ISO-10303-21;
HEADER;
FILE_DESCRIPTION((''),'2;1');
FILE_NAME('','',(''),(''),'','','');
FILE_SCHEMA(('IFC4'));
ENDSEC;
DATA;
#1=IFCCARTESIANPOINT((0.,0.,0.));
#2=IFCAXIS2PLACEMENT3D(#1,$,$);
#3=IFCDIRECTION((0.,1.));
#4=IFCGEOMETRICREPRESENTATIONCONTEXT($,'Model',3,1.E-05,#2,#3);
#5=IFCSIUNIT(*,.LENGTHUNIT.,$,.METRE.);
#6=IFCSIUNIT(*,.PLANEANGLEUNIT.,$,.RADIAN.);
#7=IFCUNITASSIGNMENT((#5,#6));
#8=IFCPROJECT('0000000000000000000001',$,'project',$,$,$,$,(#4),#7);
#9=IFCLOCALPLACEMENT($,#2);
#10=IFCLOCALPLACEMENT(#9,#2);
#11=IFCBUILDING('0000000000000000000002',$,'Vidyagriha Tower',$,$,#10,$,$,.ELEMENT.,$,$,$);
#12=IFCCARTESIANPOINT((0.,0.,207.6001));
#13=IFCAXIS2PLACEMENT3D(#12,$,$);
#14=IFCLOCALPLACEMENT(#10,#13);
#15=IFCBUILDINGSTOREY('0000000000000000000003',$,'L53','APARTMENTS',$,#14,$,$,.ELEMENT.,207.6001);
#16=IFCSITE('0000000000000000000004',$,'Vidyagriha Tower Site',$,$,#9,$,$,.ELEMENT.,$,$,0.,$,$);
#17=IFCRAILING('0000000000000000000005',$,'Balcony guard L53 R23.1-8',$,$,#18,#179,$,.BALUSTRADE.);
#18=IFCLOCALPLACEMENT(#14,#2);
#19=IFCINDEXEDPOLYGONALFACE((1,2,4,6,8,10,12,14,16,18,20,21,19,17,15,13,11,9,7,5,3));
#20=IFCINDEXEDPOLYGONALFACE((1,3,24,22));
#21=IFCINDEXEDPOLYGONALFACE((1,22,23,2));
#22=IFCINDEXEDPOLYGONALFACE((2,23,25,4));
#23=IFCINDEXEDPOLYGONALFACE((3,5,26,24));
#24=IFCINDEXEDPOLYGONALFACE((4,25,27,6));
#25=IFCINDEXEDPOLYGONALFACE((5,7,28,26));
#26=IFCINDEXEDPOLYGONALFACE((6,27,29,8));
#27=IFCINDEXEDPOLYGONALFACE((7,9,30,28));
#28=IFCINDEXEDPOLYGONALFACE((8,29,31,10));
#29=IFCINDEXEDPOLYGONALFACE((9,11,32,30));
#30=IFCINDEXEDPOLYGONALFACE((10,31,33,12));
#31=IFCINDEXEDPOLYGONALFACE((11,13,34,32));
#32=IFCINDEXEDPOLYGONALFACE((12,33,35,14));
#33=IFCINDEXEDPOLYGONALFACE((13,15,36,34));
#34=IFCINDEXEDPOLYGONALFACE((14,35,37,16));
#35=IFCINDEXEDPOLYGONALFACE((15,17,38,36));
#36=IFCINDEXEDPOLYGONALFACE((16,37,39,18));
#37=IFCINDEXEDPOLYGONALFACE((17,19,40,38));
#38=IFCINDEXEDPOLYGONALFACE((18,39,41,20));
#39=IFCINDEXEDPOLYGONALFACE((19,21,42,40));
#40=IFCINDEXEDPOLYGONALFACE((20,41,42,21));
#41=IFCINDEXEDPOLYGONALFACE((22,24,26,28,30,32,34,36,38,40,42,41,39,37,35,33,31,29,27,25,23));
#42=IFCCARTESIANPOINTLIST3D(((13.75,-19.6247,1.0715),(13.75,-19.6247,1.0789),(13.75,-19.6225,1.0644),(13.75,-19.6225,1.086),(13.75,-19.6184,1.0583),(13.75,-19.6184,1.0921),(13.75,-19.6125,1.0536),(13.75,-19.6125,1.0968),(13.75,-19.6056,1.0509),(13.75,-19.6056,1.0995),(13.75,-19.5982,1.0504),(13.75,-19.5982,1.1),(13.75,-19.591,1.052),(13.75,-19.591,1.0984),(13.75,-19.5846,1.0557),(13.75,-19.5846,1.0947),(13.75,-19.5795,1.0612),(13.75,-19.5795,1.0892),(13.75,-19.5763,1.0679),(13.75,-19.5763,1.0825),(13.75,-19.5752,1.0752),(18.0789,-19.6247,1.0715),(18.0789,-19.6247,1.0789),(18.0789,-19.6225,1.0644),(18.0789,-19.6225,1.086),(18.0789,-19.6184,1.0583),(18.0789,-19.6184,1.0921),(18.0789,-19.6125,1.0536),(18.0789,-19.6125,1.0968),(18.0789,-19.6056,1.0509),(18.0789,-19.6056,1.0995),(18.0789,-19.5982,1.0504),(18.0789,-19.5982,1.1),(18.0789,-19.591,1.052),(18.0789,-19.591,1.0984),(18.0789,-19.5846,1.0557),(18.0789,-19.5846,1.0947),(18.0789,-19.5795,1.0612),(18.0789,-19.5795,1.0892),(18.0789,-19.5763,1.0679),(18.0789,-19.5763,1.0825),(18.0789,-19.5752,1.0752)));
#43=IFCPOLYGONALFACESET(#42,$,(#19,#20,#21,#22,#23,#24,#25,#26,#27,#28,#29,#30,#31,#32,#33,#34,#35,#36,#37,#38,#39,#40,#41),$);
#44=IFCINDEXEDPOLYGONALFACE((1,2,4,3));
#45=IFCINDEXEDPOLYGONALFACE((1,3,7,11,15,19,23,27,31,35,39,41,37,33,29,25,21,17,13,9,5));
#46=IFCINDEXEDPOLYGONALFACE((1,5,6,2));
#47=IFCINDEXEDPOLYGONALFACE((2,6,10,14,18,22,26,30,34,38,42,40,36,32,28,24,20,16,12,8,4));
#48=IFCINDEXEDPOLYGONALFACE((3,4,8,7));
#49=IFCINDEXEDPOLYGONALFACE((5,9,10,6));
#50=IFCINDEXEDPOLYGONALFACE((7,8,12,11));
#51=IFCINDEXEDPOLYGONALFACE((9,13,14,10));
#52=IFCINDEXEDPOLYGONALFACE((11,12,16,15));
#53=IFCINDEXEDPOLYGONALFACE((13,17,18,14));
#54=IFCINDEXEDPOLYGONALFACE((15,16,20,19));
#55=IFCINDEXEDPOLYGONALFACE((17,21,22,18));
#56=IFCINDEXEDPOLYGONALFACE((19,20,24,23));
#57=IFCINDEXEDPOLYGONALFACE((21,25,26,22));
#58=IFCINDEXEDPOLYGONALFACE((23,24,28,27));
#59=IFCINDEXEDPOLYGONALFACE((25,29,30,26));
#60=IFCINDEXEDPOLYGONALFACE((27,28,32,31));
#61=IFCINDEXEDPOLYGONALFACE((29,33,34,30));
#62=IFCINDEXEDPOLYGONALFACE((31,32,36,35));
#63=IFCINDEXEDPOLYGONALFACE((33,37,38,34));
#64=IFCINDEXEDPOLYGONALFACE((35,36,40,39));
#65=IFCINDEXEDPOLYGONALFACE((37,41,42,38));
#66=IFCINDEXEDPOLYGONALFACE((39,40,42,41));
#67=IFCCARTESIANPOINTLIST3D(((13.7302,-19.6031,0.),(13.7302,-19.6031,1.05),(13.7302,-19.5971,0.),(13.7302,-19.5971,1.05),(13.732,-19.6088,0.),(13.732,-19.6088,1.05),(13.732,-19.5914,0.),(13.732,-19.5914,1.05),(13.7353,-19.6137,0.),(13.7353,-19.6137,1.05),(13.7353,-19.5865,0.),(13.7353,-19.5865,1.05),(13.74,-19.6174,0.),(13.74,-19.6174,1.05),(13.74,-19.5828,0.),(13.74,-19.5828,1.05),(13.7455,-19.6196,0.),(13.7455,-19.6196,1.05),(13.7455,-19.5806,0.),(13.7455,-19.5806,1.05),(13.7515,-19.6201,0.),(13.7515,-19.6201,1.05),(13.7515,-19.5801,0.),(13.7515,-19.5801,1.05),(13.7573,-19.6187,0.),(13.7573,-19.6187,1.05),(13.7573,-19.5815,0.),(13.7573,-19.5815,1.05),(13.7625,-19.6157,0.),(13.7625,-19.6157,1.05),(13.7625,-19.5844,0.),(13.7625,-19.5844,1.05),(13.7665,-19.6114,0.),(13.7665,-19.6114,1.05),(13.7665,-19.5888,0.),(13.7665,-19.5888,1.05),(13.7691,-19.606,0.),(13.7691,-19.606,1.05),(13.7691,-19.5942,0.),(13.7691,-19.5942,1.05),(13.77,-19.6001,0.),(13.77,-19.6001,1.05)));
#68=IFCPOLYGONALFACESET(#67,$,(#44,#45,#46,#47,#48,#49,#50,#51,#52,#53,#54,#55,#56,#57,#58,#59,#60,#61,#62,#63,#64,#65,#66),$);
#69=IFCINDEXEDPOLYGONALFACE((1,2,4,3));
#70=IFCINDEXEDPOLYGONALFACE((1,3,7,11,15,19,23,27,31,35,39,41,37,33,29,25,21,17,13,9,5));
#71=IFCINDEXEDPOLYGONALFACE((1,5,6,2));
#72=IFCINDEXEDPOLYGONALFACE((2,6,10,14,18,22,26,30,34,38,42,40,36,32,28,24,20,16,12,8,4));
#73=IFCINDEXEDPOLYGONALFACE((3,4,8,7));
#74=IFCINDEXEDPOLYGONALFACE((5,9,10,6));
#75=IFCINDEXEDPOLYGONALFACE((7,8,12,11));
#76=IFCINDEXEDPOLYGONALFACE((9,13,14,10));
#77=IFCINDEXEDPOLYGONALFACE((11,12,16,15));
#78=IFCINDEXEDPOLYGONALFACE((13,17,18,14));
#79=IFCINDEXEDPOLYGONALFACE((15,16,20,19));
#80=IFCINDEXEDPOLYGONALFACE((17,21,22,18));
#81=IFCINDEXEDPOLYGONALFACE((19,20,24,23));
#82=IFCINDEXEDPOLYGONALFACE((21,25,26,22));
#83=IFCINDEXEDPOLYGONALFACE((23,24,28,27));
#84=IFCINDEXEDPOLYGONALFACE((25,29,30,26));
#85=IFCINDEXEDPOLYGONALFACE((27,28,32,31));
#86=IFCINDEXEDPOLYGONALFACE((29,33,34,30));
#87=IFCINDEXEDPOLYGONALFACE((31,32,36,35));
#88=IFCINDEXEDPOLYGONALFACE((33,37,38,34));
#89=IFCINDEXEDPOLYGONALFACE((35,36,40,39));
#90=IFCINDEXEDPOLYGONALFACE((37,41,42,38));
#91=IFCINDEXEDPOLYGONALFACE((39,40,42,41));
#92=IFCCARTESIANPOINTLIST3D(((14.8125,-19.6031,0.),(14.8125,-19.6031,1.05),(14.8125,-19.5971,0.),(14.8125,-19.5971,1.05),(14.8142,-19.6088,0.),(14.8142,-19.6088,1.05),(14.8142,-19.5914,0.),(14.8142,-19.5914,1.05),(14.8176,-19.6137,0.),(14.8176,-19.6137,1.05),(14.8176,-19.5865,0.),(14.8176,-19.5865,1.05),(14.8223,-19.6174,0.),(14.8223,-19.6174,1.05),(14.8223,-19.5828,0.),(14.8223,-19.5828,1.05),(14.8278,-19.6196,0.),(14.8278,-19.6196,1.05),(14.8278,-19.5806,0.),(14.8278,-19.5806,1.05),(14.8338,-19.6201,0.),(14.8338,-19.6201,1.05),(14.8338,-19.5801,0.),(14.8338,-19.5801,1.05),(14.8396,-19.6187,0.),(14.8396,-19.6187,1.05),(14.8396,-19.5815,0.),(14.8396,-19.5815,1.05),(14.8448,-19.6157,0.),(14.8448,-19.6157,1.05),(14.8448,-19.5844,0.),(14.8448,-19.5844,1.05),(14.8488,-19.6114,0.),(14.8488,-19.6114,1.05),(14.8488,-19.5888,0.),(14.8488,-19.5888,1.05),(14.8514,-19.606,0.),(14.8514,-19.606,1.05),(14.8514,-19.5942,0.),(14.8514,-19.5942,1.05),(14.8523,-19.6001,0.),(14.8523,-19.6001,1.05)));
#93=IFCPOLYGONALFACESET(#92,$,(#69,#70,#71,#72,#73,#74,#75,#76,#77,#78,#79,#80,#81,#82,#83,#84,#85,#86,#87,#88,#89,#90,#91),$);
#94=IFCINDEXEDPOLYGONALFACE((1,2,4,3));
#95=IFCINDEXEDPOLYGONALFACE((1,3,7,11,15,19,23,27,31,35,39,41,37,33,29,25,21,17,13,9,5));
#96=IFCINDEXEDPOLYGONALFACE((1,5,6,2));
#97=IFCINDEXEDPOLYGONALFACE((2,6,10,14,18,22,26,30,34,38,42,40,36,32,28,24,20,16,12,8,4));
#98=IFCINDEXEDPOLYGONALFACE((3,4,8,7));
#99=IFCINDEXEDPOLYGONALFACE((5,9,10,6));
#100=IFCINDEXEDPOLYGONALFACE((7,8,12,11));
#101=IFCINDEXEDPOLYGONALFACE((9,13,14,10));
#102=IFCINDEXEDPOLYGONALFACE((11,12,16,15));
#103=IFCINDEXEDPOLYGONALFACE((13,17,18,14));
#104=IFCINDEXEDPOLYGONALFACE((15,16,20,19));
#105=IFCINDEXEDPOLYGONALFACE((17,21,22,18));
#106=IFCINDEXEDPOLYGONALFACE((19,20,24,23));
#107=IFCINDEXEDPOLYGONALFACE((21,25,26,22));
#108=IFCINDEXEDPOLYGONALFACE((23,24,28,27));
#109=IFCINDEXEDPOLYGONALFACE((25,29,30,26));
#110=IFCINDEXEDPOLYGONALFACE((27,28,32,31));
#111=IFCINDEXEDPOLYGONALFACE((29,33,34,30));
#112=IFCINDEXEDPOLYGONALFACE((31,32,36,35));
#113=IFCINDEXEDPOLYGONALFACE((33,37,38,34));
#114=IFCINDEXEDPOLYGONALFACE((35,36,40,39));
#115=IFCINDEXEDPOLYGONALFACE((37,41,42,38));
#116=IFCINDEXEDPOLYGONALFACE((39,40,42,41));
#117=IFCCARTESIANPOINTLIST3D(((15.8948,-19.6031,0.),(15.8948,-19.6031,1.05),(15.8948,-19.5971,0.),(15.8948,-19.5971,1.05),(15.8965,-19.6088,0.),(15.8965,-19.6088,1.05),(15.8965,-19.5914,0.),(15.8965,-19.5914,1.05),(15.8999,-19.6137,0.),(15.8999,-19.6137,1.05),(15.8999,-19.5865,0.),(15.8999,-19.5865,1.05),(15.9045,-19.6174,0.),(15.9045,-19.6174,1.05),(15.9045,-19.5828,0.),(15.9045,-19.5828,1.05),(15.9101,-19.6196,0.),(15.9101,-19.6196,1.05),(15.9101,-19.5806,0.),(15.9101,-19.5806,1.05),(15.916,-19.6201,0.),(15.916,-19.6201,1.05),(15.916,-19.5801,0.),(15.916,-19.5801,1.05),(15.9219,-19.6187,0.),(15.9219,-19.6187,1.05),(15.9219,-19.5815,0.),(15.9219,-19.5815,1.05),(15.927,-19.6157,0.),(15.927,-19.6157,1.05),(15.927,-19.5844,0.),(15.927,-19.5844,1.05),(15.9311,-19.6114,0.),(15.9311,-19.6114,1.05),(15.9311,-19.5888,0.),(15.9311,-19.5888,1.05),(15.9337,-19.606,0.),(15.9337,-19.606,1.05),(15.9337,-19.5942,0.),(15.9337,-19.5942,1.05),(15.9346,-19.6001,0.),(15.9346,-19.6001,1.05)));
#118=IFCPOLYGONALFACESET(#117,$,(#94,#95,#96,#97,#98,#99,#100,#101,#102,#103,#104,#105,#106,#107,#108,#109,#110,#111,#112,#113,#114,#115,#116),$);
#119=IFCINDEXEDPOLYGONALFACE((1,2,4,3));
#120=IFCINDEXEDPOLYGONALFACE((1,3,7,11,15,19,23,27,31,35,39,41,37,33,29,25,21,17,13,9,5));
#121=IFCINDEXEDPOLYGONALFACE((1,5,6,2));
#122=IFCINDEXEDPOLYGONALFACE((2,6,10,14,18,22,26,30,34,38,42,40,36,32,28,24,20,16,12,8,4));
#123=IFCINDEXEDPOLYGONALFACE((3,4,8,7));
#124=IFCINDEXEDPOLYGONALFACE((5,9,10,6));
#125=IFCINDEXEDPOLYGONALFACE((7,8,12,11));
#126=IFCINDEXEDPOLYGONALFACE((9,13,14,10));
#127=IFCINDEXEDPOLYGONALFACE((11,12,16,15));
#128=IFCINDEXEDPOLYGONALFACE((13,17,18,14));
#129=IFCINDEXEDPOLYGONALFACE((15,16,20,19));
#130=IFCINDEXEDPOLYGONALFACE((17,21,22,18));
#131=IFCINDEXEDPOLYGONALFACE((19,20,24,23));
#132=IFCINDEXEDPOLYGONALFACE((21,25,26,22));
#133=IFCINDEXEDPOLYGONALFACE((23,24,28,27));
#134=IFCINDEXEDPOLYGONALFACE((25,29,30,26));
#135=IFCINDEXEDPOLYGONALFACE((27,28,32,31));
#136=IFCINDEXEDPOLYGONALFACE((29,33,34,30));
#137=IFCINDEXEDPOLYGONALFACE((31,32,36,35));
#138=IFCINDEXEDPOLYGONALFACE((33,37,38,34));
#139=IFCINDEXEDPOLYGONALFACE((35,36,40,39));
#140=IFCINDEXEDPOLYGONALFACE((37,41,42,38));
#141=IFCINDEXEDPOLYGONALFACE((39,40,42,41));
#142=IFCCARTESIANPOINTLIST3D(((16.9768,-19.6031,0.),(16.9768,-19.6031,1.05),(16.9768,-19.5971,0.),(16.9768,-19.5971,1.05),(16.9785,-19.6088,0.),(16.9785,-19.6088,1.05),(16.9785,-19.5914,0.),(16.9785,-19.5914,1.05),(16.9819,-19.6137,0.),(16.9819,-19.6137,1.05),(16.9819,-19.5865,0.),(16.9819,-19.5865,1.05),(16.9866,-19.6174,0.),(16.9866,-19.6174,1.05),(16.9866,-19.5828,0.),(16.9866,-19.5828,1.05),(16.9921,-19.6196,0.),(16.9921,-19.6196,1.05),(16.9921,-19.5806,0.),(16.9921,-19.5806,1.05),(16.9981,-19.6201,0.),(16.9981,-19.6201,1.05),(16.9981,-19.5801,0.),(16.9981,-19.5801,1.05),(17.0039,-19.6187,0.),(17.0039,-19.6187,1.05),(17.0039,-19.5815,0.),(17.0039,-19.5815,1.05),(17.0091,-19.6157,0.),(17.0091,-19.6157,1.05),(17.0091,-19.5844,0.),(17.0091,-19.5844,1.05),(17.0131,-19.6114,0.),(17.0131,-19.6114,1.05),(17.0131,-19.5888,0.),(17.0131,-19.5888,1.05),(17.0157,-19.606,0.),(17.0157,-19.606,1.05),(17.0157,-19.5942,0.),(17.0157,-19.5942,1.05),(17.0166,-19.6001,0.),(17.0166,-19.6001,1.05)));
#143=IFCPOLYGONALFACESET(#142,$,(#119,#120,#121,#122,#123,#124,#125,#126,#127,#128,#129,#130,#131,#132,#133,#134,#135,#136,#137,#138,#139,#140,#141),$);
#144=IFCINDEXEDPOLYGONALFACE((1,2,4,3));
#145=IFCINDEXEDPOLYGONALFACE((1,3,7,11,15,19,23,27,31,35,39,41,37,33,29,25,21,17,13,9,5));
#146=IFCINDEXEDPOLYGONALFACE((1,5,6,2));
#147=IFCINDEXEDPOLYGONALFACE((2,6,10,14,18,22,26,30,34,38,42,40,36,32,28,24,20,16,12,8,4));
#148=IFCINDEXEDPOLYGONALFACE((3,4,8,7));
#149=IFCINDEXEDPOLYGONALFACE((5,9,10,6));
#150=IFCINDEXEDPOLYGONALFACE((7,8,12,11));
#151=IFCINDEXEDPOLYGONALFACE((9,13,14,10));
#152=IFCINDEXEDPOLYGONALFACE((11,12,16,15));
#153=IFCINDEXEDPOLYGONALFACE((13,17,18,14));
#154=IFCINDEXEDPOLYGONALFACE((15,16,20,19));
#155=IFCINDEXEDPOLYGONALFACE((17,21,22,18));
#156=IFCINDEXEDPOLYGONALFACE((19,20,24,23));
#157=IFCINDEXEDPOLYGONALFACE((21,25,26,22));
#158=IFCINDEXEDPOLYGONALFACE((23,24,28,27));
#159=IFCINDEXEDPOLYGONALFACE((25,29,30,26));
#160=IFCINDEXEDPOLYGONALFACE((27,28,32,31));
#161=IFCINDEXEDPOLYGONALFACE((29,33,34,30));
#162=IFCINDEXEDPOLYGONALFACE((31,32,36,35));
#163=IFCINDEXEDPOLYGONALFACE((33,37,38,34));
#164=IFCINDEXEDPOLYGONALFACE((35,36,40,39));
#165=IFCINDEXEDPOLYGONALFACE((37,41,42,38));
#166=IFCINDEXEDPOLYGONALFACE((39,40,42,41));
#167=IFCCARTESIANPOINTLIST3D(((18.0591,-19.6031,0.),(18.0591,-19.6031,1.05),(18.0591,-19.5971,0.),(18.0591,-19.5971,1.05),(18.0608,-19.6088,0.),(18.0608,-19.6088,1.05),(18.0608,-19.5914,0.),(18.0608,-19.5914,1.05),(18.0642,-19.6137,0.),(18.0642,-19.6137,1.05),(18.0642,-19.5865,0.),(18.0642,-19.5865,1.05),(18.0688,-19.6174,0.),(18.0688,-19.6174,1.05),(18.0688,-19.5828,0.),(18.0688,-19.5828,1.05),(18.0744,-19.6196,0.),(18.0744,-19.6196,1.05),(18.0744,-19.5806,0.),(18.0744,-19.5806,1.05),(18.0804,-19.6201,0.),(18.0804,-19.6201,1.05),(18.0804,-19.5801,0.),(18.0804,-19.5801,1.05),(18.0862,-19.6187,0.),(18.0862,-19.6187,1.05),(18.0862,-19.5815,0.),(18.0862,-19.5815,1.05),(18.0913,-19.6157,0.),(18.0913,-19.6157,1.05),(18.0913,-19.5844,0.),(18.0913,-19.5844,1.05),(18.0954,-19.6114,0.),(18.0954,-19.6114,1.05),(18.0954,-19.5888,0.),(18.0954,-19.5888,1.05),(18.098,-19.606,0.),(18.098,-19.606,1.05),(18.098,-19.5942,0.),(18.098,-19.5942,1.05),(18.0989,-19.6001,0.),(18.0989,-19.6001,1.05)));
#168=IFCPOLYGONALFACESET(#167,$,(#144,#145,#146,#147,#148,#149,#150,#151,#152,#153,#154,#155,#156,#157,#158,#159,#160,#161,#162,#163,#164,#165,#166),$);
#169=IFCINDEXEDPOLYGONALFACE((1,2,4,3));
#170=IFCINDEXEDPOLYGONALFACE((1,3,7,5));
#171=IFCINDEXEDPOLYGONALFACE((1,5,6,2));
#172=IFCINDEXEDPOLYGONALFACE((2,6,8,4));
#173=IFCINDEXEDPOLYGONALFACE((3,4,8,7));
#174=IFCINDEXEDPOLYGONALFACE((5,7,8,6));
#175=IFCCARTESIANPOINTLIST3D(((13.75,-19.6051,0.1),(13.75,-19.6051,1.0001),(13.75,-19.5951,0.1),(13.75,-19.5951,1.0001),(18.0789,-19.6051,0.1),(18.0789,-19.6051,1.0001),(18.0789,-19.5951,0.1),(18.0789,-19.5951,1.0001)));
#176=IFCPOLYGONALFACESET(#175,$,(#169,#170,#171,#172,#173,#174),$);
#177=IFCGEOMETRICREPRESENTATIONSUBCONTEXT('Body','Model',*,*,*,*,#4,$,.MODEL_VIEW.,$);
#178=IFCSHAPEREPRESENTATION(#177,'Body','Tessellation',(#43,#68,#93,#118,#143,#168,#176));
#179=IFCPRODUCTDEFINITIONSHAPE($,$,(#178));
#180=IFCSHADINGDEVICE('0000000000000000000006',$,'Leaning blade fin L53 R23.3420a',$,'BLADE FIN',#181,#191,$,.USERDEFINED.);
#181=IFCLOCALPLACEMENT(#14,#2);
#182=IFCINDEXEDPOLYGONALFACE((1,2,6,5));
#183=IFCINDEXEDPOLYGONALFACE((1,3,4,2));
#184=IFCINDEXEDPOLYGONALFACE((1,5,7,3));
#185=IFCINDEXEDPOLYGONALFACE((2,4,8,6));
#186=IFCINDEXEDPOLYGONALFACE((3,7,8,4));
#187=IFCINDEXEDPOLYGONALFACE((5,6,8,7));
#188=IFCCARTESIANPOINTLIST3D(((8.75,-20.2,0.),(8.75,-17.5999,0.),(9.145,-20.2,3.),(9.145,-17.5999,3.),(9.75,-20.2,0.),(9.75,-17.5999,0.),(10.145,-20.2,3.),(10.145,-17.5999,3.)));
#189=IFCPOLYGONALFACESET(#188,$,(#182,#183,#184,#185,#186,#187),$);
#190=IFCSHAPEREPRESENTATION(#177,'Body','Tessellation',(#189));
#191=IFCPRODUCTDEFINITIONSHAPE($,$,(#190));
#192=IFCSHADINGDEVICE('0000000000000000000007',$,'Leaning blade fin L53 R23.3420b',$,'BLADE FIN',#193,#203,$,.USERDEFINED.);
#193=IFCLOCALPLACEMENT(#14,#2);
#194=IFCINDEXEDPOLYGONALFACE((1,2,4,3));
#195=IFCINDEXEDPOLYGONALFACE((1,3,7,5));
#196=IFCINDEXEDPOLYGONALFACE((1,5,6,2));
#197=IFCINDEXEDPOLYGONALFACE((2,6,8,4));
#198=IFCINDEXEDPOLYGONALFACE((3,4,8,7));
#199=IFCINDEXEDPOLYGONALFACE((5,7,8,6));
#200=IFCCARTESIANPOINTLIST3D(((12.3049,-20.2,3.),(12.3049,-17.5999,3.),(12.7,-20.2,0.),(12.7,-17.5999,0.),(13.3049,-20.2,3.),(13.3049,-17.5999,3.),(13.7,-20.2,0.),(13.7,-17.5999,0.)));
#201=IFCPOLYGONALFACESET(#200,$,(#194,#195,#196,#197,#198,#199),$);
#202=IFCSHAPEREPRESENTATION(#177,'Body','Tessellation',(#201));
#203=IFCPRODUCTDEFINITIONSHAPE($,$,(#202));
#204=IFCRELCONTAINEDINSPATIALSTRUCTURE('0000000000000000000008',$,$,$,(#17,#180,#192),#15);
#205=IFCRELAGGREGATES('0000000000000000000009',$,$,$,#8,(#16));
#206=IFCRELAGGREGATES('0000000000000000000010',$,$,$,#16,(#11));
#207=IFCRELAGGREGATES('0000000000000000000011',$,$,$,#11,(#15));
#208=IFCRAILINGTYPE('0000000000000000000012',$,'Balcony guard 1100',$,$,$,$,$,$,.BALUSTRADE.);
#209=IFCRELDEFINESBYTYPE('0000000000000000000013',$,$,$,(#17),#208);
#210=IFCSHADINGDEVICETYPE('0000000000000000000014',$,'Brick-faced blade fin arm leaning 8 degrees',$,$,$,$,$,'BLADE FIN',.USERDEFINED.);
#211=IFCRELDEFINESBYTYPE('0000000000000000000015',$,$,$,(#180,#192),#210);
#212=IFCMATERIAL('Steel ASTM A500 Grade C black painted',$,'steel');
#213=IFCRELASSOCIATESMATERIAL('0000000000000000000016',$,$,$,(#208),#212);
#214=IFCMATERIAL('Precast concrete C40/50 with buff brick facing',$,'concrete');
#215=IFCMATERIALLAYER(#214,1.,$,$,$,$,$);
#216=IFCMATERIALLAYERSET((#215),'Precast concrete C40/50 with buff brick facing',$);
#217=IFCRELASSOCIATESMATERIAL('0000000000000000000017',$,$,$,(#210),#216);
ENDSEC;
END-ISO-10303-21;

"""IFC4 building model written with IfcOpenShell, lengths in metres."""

from ifc_helpers import new_model, si_unit, direction, frame, origin, origin_2d, place, context, subcontext, project, spatial, polyline, rectangle, circle, outline, extrude, material, layer, layer_set, type_object, element, save


model = new_model("IFC4")

# Units and contexts
model_context = context("Model", 3, precision=1e-05, world=origin(), true_north=direction((0.0, 1.0)))
body_context = subcontext(model_context, "Body", "Model", "MODEL_VIEW")
ifc_project = project(units=[si_unit("LENGTHUNIT", "METRE"), si_unit("PLANEANGLEUNIT", "RADIAN")], contexts=[model_context])

# Site, building, storey
site_placement = place(None, origin())
site = spatial("IfcSite", under=ifc_project, at=site_placement, Name="Vidyagriha Tower Site", CompositionType="ELEMENT", RefElevation=0.0)
building_placement = place(site_placement, origin())
building = spatial("IfcBuilding", under=site, at=building_placement, Name="Vidyagriha Tower", CompositionType="ELEMENT")
storey_placement = place(building_placement, frame((0.0, 0.0, 207.6001)))
storey = spatial("IfcBuildingStorey", under=building, at=storey_placement, Name="L53", Description="APARTMENTS", CompositionType="ELEMENT", Elevation=207.6001)

# Railing
ifc_material_1 = material(Name="Steel ASTM A500 Grade C black painted", Category="steel")
railing_type = type_object("IfcRailingType", Name="Balcony guard 1100", PredefinedType="BALUSTRADE", material=ifc_material_1)
railing_1_placement = place(storey_placement, frame((13.75, -19.6001, 0.0)))
element("IfcRailing", 1, at=railing_1_placement, inside=storey, type_object=railing_type, Name="Balcony guard L53 R23.1-8", PredefinedType="BALUSTRADE", context=body_context, shape_type="SweptSolid", body=[
    extrude(circle(Radius=0.0249, at=origin_2d()), frame((0.0, 0.0, 1.0752), z_axis=(1.0, 0.0, 0.0), x_axis=(0.0, 1.0, 0.0)), (0.0, 0.0, 1.0), 4.3289),
    extrude(circle(Radius=0.02, at=origin_2d()), origin(), (0.0, 0.0, 1.0), 1.05),
    extrude(circle(Radius=0.02, at=origin_2d()), frame((1.0823, 0.0, 0.0)), (0.0, 0.0, 1.0), 1.05),
    extrude(circle(Radius=0.02, at=origin_2d()), frame((2.1646, 0.0, 0.0)), (0.0, 0.0, 1.0), 1.05),
    extrude(circle(Radius=0.02, at=origin_2d()), frame((3.2466, 0.0, 0.0)), (0.0, 0.0, 1.0), 1.05),
    extrude(circle(Radius=0.02, at=origin_2d()), frame((4.3289, 0.0, 0.0)), (0.0, 0.0, 1.0), 1.05),
    extrude(rectangle(XDim=0.01, YDim=0.9001, at=origin_2d()), frame((0.0, 0.0, 0.55), z_axis=(1.0, 0.0, 0.0), x_axis=(0.0, 1.0, 0.0)), (0.0, 0.0, 1.0), 4.3289),
])

# Shading devices
ifc_material_2 = material(Name="Precast concrete C40/50 with buff brick facing", Category="concrete")
ifc_layer_1 = layer(ifc_material_2, 1.0)
ifc_layer_set_1 = layer_set([ifc_layer_1], Name="Precast concrete C40/50 with buff brick facing")
shading_device_type_1 = type_object("IfcShadingDeviceType", Name="Brick-faced blade fin arm leaning 8 degrees", ElementType="BLADE FIN", PredefinedType="USERDEFINED", material=ifc_layer_set_1)
shading_device_1_placement = place(storey_placement, frame((8.75, -18.8999, 0.0)))
element("IfcShadingDevice", 2, at=shading_device_1_placement, inside=storey, type_object=shading_device_type_1, Name="Leaning blade fin L53 R23.3420a", ObjectType="BLADE FIN", PredefinedType="USERDEFINED", context=body_context, shape_type="SweptSolid", body=[
    extrude(outline(polyline([(0.0, 0.0), (1.0, 0.0), (1.395, 3.0), (0.395, 3.0), (0.0, 0.0)])), frame((0.0, 1.3, 0.0), z_axis=(0.0, -1.0, 0.0), x_axis=(1.0, 0.0, 0.0)), (0.0, 0.0, 1.0), 2.6001),
])
shading_device_2_placement = place(storey_placement, frame((12.3049, -18.8999, 0.0)))
element("IfcShadingDevice", 3, at=shading_device_2_placement, inside=storey, type_object=shading_device_type_1, Name="Leaning blade fin L53 R23.3420b", ObjectType="BLADE FIN", PredefinedType="USERDEFINED", context=body_context, shape_type="SweptSolid", body=[
    extrude(outline(polyline([(0.395, 0.0), (1.395, 0.0), (1.0, 3.0), (0.0, 3.0), (0.395, 0.0)])), frame((0.0, 1.3, 0.0), z_axis=(0.0, -1.0, 0.0), x_axis=(1.0, 0.0, 0.0)), (0.0, 0.0, 1.0), 2.6001),
])

save(model, "model.ifc")
